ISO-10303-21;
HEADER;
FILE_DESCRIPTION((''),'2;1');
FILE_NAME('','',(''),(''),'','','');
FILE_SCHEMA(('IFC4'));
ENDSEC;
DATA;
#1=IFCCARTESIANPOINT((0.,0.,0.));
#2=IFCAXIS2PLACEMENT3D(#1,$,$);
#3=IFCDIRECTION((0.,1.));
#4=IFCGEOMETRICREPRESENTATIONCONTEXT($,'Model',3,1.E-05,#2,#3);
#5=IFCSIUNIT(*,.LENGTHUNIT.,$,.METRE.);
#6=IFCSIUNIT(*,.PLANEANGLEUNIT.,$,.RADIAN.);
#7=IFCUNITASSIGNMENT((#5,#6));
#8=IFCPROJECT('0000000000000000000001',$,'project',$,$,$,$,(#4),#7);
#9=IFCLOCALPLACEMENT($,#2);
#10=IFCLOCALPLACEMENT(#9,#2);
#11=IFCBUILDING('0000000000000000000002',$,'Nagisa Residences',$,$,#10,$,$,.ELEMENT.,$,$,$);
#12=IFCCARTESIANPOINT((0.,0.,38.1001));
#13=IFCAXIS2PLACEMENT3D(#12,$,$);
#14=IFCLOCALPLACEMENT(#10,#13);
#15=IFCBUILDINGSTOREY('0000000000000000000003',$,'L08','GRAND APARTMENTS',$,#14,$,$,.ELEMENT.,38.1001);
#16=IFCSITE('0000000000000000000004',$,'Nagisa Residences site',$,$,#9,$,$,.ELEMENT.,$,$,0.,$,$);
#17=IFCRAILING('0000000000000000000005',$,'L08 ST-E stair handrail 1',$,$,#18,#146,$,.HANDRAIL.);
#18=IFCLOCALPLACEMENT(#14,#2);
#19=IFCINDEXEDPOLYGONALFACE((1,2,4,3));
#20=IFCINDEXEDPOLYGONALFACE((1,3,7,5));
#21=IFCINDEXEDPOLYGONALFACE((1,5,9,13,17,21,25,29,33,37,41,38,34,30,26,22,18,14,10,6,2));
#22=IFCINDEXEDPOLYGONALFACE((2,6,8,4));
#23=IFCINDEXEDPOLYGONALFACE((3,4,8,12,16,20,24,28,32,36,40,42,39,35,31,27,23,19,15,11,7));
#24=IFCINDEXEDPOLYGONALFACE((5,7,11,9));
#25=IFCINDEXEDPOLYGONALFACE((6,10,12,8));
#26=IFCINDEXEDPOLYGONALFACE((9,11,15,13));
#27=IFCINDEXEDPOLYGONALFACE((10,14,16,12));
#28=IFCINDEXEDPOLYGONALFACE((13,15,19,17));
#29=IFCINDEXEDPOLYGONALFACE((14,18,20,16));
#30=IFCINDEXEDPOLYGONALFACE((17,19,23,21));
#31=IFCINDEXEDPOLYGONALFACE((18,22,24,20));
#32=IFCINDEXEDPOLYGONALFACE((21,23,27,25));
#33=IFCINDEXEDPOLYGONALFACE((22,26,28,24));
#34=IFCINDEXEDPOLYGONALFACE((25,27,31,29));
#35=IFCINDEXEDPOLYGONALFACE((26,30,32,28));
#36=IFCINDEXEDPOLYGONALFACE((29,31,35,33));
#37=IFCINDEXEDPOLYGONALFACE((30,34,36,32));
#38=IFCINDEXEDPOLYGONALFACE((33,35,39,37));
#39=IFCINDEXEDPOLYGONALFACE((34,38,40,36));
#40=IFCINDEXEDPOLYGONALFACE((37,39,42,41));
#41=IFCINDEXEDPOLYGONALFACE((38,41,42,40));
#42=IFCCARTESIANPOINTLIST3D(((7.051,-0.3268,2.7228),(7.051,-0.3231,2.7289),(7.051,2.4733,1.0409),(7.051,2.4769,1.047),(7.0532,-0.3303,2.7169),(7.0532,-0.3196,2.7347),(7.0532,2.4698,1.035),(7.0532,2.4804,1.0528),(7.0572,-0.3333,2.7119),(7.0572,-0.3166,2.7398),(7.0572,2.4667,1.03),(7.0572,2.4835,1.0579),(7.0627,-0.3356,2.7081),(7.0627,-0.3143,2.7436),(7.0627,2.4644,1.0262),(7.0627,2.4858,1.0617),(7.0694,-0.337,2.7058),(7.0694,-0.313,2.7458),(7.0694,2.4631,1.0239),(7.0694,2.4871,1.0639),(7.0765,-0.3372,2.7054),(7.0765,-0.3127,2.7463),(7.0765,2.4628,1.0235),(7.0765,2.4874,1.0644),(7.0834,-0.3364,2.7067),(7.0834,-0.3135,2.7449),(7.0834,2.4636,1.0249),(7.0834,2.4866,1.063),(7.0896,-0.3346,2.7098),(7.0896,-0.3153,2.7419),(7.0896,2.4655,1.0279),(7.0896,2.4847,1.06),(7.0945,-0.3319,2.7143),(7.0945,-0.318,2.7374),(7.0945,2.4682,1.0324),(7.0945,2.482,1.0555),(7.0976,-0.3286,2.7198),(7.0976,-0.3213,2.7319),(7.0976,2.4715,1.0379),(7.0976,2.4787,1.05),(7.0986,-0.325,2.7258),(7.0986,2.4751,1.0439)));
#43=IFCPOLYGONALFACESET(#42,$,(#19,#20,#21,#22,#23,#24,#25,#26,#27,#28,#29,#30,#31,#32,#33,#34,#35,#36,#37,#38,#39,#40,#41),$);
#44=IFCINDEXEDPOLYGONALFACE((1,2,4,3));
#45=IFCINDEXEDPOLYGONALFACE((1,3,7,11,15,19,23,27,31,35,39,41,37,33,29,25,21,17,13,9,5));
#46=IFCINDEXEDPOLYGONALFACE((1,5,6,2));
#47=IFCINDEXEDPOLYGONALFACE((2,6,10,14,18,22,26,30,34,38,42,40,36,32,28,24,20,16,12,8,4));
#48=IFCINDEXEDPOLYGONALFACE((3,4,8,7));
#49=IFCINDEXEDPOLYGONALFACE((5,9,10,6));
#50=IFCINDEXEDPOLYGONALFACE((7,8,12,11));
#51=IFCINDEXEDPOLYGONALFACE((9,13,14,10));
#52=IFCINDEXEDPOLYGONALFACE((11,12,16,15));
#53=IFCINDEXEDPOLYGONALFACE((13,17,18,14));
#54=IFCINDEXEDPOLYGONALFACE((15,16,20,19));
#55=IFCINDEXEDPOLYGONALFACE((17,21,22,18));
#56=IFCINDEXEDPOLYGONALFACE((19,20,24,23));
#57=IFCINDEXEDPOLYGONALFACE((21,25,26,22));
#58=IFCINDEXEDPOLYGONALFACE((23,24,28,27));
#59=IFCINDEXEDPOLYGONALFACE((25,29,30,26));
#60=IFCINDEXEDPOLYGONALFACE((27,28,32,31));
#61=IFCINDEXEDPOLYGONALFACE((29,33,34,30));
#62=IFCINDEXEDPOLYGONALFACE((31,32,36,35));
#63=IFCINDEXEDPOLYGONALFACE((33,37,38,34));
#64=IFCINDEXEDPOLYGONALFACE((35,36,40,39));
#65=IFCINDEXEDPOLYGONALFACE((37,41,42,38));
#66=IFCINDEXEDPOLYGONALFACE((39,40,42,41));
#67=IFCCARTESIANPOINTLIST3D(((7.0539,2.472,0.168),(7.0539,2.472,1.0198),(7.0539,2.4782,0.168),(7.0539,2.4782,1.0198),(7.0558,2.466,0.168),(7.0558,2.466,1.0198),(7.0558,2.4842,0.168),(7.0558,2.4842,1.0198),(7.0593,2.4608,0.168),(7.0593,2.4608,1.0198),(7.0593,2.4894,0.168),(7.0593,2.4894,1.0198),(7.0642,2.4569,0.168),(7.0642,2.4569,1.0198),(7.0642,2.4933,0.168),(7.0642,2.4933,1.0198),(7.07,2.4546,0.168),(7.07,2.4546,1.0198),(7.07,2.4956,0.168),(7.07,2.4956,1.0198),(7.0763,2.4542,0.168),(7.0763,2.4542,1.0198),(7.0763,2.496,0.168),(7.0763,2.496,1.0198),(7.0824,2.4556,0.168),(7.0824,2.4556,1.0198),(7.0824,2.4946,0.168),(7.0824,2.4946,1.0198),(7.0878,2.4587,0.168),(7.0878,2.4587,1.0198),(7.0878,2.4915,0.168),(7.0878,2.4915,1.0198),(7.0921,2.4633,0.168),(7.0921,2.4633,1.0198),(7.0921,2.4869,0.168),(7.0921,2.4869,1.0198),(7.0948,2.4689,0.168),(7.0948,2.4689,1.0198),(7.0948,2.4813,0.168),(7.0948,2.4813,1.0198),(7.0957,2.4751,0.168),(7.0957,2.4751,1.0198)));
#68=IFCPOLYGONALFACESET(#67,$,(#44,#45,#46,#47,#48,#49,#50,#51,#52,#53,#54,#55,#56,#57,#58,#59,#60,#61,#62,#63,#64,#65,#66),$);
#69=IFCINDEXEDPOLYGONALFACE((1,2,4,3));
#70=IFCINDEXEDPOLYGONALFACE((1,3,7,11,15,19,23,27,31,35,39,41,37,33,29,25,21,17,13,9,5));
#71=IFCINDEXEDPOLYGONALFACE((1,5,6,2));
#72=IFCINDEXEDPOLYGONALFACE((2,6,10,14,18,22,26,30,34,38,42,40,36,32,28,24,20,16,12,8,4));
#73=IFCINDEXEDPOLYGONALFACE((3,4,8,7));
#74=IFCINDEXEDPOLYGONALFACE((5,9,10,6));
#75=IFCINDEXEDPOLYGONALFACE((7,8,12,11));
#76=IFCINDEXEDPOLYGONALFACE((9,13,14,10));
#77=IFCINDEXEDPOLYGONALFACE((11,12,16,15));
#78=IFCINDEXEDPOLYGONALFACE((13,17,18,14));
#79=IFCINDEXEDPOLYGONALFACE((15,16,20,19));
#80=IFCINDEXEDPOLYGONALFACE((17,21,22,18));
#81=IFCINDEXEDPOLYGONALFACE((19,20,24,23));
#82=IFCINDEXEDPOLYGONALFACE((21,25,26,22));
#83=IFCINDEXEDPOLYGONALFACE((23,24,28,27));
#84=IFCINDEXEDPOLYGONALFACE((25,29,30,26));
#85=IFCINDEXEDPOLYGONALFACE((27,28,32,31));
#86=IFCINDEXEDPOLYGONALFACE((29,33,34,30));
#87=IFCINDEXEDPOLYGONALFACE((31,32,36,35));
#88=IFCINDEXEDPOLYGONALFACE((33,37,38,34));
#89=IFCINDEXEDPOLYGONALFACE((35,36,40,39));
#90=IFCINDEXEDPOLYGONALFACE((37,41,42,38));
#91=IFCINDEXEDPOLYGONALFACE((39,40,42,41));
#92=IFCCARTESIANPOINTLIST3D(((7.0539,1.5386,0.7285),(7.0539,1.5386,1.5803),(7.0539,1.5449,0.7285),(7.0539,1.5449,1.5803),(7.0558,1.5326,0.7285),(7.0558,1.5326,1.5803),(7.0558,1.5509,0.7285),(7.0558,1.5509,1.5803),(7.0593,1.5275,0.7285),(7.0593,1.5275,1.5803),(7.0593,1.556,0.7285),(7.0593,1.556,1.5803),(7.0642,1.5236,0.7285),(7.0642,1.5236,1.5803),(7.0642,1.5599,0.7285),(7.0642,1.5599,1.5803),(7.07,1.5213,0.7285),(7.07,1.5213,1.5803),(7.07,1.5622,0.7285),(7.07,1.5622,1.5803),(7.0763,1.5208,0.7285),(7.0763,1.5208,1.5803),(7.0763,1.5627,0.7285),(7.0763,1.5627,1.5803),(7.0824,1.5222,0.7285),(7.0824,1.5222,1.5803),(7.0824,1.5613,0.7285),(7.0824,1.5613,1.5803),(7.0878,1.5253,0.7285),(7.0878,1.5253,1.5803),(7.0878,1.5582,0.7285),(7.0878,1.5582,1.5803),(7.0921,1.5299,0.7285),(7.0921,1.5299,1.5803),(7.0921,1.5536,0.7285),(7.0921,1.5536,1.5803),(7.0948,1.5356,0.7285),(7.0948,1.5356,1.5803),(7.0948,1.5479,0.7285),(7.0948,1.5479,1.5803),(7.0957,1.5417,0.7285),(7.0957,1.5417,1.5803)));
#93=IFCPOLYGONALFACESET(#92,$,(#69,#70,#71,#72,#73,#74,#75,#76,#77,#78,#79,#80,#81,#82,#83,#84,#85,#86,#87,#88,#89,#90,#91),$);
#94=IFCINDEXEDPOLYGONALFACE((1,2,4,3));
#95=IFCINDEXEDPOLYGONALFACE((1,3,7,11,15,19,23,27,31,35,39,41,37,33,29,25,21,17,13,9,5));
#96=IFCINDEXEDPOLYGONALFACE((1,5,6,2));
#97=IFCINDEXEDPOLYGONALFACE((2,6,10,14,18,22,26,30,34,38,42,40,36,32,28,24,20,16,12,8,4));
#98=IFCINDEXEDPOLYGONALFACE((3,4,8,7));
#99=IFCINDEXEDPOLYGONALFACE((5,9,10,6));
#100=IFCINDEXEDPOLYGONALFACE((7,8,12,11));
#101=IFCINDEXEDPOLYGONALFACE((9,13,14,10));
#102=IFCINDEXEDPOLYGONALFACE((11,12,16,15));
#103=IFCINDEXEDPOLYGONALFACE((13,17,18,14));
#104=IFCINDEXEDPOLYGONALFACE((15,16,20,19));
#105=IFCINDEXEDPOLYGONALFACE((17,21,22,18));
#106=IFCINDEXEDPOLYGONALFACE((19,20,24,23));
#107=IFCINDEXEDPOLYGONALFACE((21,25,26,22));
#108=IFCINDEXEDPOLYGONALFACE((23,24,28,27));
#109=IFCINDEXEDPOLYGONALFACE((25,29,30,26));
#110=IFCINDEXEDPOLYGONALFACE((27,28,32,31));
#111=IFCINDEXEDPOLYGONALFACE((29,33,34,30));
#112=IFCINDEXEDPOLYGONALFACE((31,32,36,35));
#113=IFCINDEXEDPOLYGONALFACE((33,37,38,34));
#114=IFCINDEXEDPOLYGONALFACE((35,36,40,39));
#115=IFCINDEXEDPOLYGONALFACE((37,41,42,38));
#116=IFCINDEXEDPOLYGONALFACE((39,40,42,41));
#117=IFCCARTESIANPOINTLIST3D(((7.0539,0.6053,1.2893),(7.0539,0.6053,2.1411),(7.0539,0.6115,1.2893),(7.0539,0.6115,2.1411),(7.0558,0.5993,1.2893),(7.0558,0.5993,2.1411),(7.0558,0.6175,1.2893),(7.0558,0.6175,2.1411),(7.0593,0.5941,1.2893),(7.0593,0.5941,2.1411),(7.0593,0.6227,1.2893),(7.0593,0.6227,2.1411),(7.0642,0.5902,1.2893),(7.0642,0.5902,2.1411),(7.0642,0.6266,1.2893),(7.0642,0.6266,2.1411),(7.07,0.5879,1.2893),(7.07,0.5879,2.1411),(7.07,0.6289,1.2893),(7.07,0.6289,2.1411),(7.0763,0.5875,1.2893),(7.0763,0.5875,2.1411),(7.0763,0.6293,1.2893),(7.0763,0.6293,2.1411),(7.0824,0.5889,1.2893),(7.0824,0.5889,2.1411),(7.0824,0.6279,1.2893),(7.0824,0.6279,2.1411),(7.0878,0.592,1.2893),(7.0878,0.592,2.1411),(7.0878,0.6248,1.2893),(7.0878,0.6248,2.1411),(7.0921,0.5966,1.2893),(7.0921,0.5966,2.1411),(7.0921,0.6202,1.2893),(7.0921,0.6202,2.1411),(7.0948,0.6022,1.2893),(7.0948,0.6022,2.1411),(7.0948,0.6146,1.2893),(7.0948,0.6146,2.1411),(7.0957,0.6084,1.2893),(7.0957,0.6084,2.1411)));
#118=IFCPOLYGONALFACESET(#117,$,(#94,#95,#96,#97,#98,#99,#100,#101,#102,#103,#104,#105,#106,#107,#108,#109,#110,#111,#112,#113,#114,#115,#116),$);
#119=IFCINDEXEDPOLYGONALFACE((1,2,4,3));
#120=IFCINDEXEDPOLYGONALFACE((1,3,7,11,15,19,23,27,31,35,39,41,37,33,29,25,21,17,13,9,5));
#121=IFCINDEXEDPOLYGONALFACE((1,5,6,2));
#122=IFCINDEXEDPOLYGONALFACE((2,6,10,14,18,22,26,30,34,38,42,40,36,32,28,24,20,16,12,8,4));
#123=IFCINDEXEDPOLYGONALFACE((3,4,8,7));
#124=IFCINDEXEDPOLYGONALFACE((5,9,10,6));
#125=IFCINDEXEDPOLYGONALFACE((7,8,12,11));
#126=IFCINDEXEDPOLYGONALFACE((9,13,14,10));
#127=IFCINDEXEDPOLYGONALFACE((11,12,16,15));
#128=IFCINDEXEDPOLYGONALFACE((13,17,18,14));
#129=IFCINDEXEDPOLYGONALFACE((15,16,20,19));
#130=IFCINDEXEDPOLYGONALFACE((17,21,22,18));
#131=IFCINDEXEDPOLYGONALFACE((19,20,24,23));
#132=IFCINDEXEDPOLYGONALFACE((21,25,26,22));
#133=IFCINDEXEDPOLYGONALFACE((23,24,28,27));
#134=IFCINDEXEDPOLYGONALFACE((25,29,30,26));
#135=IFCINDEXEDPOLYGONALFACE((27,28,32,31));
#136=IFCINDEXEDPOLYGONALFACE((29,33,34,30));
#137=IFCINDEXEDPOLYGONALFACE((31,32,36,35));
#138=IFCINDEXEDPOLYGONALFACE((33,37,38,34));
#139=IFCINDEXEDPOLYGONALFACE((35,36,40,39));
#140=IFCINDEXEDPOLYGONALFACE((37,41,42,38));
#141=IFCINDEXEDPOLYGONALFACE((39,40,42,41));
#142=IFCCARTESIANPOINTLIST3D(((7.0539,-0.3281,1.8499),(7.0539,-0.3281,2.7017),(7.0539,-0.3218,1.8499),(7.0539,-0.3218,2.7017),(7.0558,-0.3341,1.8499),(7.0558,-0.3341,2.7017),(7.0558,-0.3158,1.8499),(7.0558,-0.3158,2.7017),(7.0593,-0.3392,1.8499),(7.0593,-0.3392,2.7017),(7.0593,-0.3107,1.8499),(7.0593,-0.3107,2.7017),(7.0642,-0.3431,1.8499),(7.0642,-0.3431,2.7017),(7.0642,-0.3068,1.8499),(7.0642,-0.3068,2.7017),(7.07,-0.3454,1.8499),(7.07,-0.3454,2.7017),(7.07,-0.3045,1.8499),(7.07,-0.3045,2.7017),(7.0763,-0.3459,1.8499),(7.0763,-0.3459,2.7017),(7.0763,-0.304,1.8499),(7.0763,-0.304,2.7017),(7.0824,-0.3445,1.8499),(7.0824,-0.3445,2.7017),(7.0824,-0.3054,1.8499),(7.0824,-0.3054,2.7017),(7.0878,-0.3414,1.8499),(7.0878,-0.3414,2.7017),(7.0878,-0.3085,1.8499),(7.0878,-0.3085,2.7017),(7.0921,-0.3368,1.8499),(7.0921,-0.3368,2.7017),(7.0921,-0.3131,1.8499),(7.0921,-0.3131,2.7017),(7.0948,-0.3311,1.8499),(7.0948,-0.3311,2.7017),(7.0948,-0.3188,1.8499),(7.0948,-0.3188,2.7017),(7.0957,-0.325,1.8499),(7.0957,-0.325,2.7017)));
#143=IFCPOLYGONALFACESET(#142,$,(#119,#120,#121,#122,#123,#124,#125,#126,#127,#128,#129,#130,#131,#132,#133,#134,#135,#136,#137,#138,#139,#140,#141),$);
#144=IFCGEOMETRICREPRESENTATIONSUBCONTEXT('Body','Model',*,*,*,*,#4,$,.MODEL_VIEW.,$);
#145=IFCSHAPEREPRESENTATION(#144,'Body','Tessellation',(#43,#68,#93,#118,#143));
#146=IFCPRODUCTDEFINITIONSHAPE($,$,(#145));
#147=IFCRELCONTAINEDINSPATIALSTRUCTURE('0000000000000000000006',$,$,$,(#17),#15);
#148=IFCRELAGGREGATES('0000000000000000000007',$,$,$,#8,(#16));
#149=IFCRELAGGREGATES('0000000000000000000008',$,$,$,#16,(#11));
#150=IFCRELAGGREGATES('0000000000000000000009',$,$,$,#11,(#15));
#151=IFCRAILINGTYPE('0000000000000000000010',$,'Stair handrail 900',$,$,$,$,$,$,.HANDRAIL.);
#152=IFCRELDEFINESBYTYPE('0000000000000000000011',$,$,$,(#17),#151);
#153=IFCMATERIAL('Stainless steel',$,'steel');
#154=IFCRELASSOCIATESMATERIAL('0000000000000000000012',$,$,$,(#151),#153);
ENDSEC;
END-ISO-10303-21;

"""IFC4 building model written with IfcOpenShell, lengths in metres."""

from ifc_helpers import new_model, si_unit, direction, frame, origin, origin_2d, place, context, subcontext, project, spatial, circle, extrude, material, type_object, element, save


model = new_model("IFC4")

# Units and contexts
model_context = context("Model", 3, precision=1e-05, world=origin(), true_north=direction((0.0, 1.0)))
body_context = subcontext(model_context, "Body", "Model", "MODEL_VIEW")
ifc_project = project(units=[si_unit("LENGTHUNIT", "METRE"), si_unit("PLANEANGLEUNIT", "RADIAN")], contexts=[model_context])

# Site, building, storey
site_placement = place(None, origin())
site = spatial("IfcSite", under=ifc_project, at=site_placement, Name="Nagisa Residences site", CompositionType="ELEMENT", RefElevation=0.0)
building_placement = place(site_placement, origin())
building = spatial("IfcBuilding", under=site, at=building_placement, Name="Nagisa Residences", CompositionType="ELEMENT")
storey_placement = place(building_placement, frame((0.0, 0.0, 38.1001)))
storey = spatial("IfcBuildingStorey", under=building, at=storey_placement, Name="L08", Description="GRAND APARTMENTS", CompositionType="ELEMENT", Elevation=38.1001)

# Railing
ifc_material_1 = material(Name="Stainless steel", Category="steel")
railing_type_1 = type_object("IfcRailingType", Name="Stair handrail 900", PredefinedType="HANDRAIL", material=ifc_material_1)
railing_1_placement = place(storey_placement, frame((7.0747, 2.4751, 0.168)))
element("IfcRailing", 1, at=railing_1_placement, inside=storey, type_object=railing_type_1, Name="L08 ST-E stair handrail 1", PredefinedType="HANDRAIL", context=body_context, shape_type="SweptSolid", body=[
    extrude(circle(Radius=0.0239, at=origin_2d()), frame((0.0, 0.0, 0.876), z_axis=(0.0, -0.857242, 0.514913), x_axis=(1.0, 0.0, 0.0)), (0.0, 0.0, 1.0), 3.2664),
    extrude(circle(Radius=0.021, at=origin_2d()), origin(), (0.0, 0.0, 1.0), 0.8518),
    extrude(circle(Radius=0.021, at=origin_2d()), frame((0.0, -0.9333, 0.5605)), (0.0, 0.0, 1.0), 0.8518),
    extrude(circle(Radius=0.021, at=origin_2d()), frame((0.0, -1.8667, 1.1213)), (0.0, 0.0, 1.0), 0.8518),
    extrude(circle(Radius=0.021, at=origin_2d()), frame((0.0, -2.8, 1.6819)), (0.0, 0.0, 1.0), 0.8518),
])

save(model, "model.ifc")
